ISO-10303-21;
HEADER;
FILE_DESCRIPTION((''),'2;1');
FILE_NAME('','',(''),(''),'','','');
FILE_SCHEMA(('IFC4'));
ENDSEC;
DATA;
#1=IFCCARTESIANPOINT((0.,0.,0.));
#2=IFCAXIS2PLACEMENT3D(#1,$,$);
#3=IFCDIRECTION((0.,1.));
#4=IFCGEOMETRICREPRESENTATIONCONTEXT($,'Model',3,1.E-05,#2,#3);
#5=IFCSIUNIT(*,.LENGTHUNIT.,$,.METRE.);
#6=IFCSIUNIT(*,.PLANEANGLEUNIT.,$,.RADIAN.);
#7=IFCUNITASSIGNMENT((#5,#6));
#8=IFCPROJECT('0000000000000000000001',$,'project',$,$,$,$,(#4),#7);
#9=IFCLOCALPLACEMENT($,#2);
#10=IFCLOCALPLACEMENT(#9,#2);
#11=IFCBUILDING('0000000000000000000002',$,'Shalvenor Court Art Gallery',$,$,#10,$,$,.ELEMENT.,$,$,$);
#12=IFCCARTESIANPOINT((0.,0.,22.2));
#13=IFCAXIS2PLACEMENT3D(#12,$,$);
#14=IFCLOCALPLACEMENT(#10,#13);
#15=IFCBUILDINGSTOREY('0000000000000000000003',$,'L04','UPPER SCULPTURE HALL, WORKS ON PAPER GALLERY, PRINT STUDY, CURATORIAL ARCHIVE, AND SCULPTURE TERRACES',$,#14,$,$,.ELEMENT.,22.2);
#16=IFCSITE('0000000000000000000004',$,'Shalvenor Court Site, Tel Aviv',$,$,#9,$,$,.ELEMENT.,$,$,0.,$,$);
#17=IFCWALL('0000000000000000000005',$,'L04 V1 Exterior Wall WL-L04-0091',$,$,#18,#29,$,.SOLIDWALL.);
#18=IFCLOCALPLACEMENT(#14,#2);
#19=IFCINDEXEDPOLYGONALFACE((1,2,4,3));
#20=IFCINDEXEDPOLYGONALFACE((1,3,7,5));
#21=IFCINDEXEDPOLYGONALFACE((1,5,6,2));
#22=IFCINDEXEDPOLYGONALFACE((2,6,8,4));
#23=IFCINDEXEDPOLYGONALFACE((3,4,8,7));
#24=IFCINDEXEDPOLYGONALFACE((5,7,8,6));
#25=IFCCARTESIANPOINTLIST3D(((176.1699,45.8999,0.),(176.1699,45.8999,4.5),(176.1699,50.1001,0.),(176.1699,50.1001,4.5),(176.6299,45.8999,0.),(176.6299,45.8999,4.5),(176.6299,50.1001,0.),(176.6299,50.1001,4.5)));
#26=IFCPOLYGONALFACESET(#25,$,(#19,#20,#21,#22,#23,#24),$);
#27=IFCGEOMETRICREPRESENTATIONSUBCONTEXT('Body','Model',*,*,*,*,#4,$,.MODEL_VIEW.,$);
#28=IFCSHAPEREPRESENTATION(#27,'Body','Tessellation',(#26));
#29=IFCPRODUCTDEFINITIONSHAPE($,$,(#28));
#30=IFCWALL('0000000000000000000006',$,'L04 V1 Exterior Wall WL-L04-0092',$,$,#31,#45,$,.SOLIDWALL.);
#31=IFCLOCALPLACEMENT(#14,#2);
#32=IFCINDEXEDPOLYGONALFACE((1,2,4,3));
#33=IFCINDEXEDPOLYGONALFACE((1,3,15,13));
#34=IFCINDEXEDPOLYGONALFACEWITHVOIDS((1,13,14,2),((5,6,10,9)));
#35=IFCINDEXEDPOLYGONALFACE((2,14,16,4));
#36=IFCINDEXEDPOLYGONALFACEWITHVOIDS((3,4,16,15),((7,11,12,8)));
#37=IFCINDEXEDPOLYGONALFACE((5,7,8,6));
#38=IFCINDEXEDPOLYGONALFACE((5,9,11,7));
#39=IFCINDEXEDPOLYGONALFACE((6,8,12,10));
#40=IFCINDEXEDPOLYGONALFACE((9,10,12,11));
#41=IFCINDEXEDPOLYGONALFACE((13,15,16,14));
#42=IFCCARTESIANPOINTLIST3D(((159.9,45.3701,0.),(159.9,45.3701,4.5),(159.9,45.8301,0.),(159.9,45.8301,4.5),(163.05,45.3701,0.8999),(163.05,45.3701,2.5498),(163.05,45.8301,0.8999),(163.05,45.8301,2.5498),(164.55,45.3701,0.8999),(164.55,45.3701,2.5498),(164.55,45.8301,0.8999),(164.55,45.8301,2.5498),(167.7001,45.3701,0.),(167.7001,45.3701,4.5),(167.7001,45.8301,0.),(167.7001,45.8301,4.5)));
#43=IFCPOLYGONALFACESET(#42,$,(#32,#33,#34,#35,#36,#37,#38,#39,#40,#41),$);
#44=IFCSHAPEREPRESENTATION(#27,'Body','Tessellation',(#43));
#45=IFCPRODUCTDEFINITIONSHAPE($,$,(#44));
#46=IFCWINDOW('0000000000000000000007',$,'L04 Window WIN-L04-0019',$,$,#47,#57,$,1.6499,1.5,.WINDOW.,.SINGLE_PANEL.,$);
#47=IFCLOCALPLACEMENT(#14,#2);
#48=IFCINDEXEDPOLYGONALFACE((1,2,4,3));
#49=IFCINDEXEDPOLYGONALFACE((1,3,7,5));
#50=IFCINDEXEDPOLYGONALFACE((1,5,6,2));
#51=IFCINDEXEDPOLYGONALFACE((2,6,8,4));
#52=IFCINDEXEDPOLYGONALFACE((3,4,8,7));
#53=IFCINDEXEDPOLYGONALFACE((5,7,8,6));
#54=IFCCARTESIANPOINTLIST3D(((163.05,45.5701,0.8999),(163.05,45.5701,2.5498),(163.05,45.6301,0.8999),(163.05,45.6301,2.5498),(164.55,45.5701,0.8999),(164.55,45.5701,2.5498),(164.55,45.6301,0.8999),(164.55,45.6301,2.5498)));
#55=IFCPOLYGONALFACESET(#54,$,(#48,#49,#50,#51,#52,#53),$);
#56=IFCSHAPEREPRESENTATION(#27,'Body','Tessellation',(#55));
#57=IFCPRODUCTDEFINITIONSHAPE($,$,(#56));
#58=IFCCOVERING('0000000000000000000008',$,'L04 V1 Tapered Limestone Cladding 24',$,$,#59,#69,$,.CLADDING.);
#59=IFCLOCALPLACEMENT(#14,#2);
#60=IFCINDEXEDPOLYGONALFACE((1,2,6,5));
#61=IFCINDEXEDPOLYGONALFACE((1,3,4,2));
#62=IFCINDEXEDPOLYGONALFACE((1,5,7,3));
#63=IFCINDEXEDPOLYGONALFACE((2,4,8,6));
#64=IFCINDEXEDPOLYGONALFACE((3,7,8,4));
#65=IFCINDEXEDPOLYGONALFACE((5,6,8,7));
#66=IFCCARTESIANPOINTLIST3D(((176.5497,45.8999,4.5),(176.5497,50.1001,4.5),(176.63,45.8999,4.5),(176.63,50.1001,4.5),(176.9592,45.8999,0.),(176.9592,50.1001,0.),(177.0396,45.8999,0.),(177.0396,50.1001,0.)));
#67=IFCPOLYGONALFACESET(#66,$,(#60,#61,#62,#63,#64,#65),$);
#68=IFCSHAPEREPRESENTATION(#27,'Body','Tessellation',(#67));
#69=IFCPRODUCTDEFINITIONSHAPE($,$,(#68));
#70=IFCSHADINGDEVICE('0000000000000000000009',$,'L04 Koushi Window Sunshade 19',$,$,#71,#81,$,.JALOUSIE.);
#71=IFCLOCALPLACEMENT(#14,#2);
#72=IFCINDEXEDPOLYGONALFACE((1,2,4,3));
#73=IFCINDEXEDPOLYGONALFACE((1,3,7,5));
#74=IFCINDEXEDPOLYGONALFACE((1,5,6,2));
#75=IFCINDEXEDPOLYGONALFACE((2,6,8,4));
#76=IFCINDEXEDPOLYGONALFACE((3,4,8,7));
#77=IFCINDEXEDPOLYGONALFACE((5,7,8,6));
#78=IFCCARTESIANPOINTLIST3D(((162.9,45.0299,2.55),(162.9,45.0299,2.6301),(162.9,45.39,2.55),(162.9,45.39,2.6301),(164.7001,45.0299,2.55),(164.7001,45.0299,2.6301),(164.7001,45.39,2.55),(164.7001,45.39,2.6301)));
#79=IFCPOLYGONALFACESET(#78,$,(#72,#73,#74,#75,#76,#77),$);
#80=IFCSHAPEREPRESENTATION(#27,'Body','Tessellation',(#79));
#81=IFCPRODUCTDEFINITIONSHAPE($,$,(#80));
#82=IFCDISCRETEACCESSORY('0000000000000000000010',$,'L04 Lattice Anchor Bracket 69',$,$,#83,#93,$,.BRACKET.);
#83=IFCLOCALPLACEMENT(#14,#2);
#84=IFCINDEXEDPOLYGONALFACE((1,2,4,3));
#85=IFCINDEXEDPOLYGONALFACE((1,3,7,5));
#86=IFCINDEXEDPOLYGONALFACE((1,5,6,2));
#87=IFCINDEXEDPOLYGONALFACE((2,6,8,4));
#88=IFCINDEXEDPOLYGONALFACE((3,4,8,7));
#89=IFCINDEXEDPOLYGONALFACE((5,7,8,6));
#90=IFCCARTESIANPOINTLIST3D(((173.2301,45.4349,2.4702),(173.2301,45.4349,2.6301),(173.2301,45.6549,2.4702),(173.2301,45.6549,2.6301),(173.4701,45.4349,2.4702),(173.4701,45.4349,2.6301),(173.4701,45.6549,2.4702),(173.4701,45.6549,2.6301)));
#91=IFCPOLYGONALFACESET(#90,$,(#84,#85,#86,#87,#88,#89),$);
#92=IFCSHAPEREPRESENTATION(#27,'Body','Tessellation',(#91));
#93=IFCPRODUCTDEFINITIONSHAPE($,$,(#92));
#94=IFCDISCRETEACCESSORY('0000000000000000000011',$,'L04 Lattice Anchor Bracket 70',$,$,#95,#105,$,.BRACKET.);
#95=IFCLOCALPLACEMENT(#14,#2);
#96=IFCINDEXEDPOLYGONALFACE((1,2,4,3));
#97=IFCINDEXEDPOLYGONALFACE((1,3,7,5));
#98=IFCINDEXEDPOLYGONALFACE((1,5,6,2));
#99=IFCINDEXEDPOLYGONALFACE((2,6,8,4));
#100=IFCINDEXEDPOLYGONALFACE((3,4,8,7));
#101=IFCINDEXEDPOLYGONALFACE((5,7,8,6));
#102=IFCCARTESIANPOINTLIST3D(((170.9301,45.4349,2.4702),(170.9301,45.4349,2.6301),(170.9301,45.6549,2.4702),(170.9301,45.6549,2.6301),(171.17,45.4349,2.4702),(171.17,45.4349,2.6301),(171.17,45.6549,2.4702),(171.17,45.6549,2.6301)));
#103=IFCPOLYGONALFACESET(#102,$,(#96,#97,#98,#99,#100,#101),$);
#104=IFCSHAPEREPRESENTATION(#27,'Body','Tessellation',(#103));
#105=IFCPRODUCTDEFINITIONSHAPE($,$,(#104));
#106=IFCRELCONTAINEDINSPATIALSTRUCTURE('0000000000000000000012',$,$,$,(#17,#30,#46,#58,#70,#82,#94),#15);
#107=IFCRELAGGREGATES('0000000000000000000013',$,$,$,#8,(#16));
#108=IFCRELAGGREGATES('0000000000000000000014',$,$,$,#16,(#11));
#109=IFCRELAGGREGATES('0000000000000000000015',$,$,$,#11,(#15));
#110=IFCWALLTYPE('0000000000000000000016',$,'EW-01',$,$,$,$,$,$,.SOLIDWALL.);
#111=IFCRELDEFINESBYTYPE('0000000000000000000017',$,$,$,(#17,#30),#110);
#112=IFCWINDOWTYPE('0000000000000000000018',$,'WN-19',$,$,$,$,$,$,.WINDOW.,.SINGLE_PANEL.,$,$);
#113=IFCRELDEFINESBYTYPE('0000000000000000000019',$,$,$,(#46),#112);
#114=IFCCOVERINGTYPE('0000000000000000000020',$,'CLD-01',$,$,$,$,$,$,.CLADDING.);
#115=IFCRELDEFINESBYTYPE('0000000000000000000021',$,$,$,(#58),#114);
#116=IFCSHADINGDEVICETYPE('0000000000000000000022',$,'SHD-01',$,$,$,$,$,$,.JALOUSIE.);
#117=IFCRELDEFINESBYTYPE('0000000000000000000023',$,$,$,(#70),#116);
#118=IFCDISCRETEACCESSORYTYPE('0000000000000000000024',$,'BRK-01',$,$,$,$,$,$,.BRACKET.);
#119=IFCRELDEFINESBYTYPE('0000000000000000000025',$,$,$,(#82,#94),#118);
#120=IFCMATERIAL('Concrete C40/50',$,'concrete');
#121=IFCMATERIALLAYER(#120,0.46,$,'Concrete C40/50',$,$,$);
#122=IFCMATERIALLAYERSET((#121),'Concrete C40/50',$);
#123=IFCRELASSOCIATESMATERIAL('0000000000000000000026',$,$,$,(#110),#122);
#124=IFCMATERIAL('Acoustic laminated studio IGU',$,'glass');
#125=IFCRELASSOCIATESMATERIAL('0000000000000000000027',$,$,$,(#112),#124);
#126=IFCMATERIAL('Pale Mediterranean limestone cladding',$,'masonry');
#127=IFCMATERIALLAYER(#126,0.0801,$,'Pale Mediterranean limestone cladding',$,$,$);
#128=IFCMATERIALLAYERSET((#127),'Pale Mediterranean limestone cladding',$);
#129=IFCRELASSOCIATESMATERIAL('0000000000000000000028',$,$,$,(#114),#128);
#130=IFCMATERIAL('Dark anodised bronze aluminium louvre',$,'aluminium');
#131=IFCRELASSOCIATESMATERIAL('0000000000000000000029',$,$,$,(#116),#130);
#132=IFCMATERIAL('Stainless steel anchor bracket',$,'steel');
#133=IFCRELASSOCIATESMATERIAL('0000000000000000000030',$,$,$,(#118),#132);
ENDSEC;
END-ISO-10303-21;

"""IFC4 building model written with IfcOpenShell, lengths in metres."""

from ifc_helpers import new_model, si_unit, direction, frame, frame_2d, origin, origin_2d, place, context, subcontext, project, spatial, polyline, rectangle, outline, extrude, material, layer, layer_set, type_object, element, fill, save


model = new_model("IFC4")

# Units and contexts
model_context = context("Model", 3, precision=1e-05, world=origin(), true_north=direction((0.0, 1.0)))
body_context = subcontext(model_context, "Body", "Model", "MODEL_VIEW")
ifc_project = project(units=[si_unit("LENGTHUNIT", "METRE"), si_unit("PLANEANGLEUNIT", "RADIAN")], contexts=[model_context])

# Site, building, storey
site_placement = place(None, origin())
site = spatial("IfcSite", under=ifc_project, at=site_placement, Name="Shalvenor Court Site, Tel Aviv", CompositionType="ELEMENT", RefElevation=0.0)
building_placement = place(site_placement, origin())
building = spatial("IfcBuilding", under=site, at=building_placement, Name="Shalvenor Court Art Gallery", CompositionType="ELEMENT")
storey_placement = place(building_placement, frame((0.0, 0.0, 22.2)))
storey = spatial("IfcBuildingStorey", under=building, at=storey_placement, Name="L04", Description="UPPER SCULPTURE HALL, WORKS ON PAPER GALLERY, PRINT STUDY, CURATORIAL ARCHIVE, AND SCULPTURE TERRACES", CompositionType="ELEMENT", Elevation=22.2)

# Wall
ifc_material_1 = material(Name="Concrete C40/50", Category="concrete")
ifc_layer_1 = layer(ifc_material_1, 0.46, Name="Concrete C40/50")
ifc_layer_set_1 = layer_set([ifc_layer_1], Name="Concrete C40/50")
wall_type = type_object("IfcWallType", Name="EW-01", PredefinedType="SOLIDWALL", material=ifc_layer_set_1)
wall_1_placement = place(storey_placement, frame((176.3999, 50.1001, 0.0), z_axis=(0.0, 0.0, 1.0), x_axis=(0.0, -1.0, 0.0)))
element("IfcWall", 1, at=wall_1_placement, inside=storey, type_object=wall_type, Name="L04 V1 Exterior Wall WL-L04-0091", PredefinedType="SOLIDWALL", context=body_context, shape_type="SweptSolid", body=[
    extrude(rectangle(XDim=4.2002, YDim=0.46, at=frame_2d((2.1001, 0.0))), origin(), (0.0, 0.0, 1.0), 4.5),
])

# Wall, opening, window
wall_2_placement = place(storey_placement, frame((167.7, 45.6001, 0.0), z_axis=(0.0, 0.0, 1.0), x_axis=(-1.0, 0.0, 0.0)))
wall_2 = element("IfcWall", 2, at=wall_2_placement, inside=storey, type_object=wall_type, Name="L04 V1 Exterior Wall WL-L04-0092", PredefinedType="SOLIDWALL", context=body_context, shape_type="SweptSolid", body=[
    extrude(rectangle(XDim=7.8, YDim=0.46, at=frame_2d((3.8999, 0.0))), origin(), (0.0, 0.0, 1.0), 4.5),
])
opening_placement = place(wall_2_placement, frame((3.1499, 0.0, 0.8999)))
opening = element("IfcOpeningElement", 3, at=opening_placement, cuts=wall_2, PredefinedType="OPENING", context=body_context, shape_type="SweptSolid", body=[
    extrude(rectangle(XDim=1.5, YDim=1.6499, at=frame_2d((0.75, 0.825))), frame((0.0, 0.24, 0.0), z_axis=(0.0, -1.0, 0.0), x_axis=(1.0, 0.0, 0.0)), (0.0, 0.0, 1.0), 0.48),
])
ifc_material_2 = material(Name="Acoustic laminated studio IGU", Category="glass")
window_type = type_object("IfcWindowType", Name="WN-19", PartitioningType="SINGLE_PANEL", PredefinedType="WINDOW", material=ifc_material_2)
window_placement = place(opening_placement, origin())
window = element("IfcWindow", 4, at=window_placement, inside=storey, type_object=window_type, Name="L04 Window WIN-L04-0019", OverallHeight=1.6499, OverallWidth=1.5, PartitioningType="SINGLE_PANEL", PredefinedType="WINDOW", context=body_context, shape_type="SweptSolid", body=[
    extrude(rectangle(XDim=1.5, YDim=1.6499, at=frame_2d((0.75, 0.825))), frame((0.0, 0.03, 0.0), z_axis=(0.0, -1.0, 0.0), x_axis=(1.0, 0.0, 0.0)), (0.0, 0.0, 1.0), 0.0601),
])
fill(opening, window)

# Covering
ifc_material_3 = material(Name="Pale Mediterranean limestone cladding", Category="masonry")
ifc_layer_2 = layer(ifc_material_3, 0.0801, Name="Pale Mediterranean limestone cladding")
ifc_layer_set_2 = layer_set([ifc_layer_2], Name="Pale Mediterranean limestone cladding")
covering_type = type_object("IfcCoveringType", Name="CLD-01", PredefinedType="CLADDING", material=ifc_layer_set_2)
covering_placement = place(storey_placement, frame((177.0396, 45.8999, 0.0), z_axis=(0.0, 0.0, 1.0), x_axis=(0.0, 1.0, 0.0)))
element("IfcCovering", 5, at=covering_placement, inside=storey, type_object=covering_type, Name="L04 V1 Tapered Limestone Cladding 24", PredefinedType="CLADDING", context=body_context, shape_type="SweptSolid", body=[
    extrude(outline(polyline([(0.0, 0.0), (4.2002, 0.0), (4.2002, 4.5186), (0.0, 4.5186), (0.0, 0.0)])), frame((0.0, 0.0, 0.0), z_axis=(0.0, -0.995884, 0.090633), x_axis=(1.0, 0.0, 0.0)), (0.0, 0.090633, -0.995884), 0.0803),
])

# Shading device
ifc_material_4 = material(Name="Dark anodised bronze aluminium louvre", Category="aluminium")
shading_device_type = type_object("IfcShadingDeviceType", Name="SHD-01", PredefinedType="JALOUSIE", material=ifc_material_4)
shading_device_placement = place(storey_placement, frame((163.8, 45.21, 2.55), z_axis=(0.0, 0.0, 1.0), x_axis=(-1.0, 0.0, 0.0)))
element("IfcShadingDevice", 6, at=shading_device_placement, inside=storey, type_object=shading_device_type, Name="L04 Koushi Window Sunshade 19", PredefinedType="JALOUSIE", context=body_context, shape_type="SweptSolid", body=[
    extrude(rectangle(XDim=1.8, YDim=0.3601, at=origin_2d()), origin(), (0.0, 0.0, 1.0), 0.0801),
])

# Discrete accessories
ifc_material_5 = material(Name="Stainless steel anchor bracket", Category="steel")
discrete_accessory_type = type_object("IfcDiscreteAccessoryType", Name="BRK-01", PredefinedType="BRACKET", material=ifc_material_5)
for number, where, z_axis, x_axis, name in (
    (7, (173.3501, 45.5449, 2.4702), (0.0, 0.0, 1.0), (-1.0, 0.0, 0.0), "L04 Lattice Anchor Bracket 69"),
    (8, (171.05, 45.5449, 2.4702), (0.0, 0.0, 1.0), (-1.0, 0.0, 0.0), "L04 Lattice Anchor Bracket 70"),
):
    element("IfcDiscreteAccessory", number, at=place(storey_placement, frame(where, z_axis=z_axis, x_axis=x_axis)), inside=storey, type_object=discrete_accessory_type, Name=name, PredefinedType="BRACKET", context=body_context, shape_type="SweptSolid", body=[
        extrude(rectangle(XDim=0.24, YDim=0.22, at=origin_2d()), origin(), (0.0, 0.0, 1.0), 0.1599),
    ])

save(model, "model.ifc")
